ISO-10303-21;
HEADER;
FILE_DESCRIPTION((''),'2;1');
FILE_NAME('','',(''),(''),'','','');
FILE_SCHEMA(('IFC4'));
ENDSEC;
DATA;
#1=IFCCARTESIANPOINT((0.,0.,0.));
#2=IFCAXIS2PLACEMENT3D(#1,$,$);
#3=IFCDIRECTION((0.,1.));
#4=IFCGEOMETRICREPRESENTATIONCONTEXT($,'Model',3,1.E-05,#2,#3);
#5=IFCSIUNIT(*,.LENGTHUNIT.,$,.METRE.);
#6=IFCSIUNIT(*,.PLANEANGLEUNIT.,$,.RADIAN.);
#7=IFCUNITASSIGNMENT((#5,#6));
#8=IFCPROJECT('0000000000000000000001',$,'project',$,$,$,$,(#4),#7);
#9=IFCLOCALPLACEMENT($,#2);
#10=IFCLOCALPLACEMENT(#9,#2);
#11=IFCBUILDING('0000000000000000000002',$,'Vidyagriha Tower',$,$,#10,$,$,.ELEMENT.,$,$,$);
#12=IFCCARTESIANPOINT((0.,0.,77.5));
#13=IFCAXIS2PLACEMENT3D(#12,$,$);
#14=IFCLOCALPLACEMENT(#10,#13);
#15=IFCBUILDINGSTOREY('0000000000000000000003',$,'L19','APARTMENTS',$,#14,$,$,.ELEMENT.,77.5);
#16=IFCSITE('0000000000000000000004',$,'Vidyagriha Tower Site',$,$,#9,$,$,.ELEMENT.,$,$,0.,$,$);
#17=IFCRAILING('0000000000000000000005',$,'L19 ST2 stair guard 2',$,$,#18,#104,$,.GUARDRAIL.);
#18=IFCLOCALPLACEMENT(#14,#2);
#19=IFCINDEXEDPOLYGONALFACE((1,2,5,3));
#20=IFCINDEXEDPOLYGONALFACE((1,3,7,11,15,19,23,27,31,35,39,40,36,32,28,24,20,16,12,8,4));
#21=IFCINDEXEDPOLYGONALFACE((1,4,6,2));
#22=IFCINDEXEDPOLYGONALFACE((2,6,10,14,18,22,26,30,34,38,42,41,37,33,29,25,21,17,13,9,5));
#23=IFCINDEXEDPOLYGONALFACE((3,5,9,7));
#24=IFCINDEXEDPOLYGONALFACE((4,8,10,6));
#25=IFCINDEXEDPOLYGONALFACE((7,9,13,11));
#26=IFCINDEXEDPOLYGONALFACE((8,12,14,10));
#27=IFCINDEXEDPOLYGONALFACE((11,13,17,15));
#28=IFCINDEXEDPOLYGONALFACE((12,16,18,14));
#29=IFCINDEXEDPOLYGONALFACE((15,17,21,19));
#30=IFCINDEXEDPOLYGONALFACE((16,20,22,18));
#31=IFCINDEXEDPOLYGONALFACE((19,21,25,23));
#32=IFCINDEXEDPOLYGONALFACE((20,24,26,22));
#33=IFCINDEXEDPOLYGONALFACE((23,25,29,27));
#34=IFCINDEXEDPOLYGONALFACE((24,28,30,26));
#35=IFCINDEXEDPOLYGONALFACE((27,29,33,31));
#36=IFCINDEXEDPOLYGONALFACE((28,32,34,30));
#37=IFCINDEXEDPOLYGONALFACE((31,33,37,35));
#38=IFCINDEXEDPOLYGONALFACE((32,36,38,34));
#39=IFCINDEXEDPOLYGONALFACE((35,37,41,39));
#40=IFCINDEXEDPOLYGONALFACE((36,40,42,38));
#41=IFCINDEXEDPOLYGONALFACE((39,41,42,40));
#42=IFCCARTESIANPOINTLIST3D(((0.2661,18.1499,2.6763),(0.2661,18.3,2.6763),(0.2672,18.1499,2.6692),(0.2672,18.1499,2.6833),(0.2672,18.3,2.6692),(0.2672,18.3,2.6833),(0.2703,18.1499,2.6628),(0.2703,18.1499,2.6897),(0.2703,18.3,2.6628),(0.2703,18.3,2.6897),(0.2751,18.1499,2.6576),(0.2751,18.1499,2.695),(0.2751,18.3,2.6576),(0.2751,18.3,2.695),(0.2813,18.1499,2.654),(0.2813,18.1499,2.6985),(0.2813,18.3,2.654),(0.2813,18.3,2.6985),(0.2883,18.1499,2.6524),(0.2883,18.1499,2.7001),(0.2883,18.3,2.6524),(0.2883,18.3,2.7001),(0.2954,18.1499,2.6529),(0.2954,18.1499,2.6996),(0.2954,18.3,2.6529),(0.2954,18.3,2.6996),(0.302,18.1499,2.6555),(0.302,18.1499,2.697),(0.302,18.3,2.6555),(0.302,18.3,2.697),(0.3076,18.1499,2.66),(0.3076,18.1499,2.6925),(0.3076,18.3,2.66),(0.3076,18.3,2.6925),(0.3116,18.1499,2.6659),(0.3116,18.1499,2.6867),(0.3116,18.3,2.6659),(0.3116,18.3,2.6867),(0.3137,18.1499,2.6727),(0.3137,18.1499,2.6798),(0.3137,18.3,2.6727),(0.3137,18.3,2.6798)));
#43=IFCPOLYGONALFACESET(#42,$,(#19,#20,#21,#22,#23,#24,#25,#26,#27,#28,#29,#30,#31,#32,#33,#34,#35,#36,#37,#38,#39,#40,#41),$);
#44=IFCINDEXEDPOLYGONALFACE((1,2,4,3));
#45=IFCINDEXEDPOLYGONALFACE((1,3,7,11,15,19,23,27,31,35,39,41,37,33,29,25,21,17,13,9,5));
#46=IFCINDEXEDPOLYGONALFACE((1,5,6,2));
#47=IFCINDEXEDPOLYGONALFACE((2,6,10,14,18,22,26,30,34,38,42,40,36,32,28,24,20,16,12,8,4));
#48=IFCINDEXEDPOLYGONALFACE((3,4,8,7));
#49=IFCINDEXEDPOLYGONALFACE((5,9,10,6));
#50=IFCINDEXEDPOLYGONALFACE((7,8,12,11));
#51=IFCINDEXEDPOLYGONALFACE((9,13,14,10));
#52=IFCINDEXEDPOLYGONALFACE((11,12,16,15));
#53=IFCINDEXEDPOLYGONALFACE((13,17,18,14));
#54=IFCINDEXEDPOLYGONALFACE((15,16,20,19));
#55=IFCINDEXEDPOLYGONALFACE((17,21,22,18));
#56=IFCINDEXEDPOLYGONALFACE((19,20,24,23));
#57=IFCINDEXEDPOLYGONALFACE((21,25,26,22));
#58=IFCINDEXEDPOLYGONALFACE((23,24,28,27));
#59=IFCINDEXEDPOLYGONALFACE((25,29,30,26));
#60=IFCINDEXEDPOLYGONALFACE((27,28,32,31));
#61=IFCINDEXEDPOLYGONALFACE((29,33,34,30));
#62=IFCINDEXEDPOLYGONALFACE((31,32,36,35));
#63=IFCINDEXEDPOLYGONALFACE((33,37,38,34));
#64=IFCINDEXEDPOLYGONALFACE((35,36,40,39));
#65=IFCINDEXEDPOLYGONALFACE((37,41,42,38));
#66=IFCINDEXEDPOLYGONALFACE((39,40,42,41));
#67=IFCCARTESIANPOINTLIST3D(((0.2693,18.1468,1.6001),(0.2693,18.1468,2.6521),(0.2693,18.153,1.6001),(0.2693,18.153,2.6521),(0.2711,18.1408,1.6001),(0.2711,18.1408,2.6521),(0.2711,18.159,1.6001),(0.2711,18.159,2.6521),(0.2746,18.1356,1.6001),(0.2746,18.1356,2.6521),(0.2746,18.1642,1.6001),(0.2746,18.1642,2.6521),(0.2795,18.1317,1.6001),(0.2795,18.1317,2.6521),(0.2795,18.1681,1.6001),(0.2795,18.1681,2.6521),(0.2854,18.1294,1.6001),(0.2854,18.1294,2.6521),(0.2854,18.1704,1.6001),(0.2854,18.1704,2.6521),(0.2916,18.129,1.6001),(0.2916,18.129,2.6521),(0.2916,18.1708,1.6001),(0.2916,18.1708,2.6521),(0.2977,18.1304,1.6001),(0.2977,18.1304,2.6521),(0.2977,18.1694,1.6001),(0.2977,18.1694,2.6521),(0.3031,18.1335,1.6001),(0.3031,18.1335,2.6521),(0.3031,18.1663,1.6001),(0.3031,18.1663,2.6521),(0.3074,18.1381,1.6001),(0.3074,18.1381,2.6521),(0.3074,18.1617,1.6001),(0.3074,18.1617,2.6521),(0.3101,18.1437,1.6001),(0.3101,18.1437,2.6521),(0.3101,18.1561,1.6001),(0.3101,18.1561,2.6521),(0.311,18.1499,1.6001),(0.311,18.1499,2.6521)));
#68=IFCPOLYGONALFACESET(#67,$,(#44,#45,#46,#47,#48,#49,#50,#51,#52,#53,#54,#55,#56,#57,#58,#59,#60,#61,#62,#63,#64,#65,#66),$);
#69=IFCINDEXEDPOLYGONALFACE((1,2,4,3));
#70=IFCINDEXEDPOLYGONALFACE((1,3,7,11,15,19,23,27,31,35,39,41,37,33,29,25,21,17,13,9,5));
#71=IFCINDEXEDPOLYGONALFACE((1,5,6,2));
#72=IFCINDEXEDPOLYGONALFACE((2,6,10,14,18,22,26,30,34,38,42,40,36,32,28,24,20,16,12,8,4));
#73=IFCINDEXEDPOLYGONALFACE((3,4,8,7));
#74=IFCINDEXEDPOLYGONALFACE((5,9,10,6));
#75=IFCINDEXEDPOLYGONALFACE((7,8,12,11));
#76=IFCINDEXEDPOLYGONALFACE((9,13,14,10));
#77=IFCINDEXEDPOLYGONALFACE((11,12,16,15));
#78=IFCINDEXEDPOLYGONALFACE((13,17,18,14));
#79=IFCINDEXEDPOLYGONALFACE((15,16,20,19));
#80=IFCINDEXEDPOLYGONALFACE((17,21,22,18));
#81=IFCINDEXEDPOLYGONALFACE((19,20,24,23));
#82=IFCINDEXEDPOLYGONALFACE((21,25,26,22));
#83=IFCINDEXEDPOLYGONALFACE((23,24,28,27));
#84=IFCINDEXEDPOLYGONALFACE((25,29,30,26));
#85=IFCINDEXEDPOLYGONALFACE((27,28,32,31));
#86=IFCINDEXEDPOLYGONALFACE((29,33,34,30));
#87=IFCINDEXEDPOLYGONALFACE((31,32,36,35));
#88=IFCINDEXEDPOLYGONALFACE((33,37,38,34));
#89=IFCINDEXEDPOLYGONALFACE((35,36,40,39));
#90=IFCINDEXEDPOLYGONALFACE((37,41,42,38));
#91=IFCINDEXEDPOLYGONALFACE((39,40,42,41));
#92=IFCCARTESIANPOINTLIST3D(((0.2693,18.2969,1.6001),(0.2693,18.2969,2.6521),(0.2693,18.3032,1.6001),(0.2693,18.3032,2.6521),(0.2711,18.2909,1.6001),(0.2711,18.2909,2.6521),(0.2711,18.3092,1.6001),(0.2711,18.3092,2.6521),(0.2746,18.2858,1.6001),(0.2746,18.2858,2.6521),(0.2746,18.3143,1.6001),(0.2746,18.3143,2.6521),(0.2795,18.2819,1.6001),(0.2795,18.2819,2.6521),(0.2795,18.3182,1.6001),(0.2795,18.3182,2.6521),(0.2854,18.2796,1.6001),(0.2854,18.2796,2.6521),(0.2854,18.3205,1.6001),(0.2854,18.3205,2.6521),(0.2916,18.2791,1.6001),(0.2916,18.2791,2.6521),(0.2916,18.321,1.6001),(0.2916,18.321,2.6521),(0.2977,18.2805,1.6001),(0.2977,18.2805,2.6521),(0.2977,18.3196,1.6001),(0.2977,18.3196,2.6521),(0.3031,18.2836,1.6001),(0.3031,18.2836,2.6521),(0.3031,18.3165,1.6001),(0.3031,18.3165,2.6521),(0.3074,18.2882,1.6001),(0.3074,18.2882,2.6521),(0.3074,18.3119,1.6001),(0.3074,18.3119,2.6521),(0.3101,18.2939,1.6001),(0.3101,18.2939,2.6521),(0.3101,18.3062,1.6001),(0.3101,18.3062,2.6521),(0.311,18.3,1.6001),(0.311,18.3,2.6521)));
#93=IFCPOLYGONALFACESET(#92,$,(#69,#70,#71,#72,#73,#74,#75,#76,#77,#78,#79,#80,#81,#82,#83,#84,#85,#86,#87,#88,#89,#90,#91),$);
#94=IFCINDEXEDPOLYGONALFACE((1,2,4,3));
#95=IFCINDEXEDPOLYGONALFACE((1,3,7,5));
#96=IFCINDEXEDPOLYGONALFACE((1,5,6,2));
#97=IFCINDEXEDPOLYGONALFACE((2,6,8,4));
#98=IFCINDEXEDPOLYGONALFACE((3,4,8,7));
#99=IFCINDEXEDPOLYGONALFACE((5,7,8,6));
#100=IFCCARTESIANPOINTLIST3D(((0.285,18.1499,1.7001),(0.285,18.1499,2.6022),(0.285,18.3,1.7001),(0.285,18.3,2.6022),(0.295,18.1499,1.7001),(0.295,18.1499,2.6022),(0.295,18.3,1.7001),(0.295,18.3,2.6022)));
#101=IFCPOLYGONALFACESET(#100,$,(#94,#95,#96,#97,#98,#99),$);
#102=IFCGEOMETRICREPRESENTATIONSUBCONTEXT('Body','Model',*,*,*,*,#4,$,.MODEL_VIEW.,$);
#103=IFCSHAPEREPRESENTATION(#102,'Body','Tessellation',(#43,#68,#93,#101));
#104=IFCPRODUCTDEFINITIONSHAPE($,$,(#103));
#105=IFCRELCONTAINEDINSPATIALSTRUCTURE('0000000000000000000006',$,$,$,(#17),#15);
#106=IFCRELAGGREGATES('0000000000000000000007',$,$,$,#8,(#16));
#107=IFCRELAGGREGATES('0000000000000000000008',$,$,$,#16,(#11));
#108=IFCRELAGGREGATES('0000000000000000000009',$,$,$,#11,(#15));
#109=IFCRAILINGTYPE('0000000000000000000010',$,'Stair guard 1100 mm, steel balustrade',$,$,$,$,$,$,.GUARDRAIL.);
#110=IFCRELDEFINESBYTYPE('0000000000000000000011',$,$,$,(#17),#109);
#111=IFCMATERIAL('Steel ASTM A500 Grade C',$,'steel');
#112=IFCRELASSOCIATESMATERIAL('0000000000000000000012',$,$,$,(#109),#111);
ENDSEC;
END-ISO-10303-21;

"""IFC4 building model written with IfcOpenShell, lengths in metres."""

from ifc_helpers import new_model, si_unit, direction, frame, origin, origin_2d, place, context, subcontext, project, spatial, rectangle, circle, extrude, material, type_object, element, save


model = new_model("IFC4")

# Units and contexts
model_context = context("Model", 3, precision=1e-05, world=origin(), true_north=direction((0.0, 1.0)))
body_context = subcontext(model_context, "Body", "Model", "MODEL_VIEW")
ifc_project = project(units=[si_unit("LENGTHUNIT", "METRE"), si_unit("PLANEANGLEUNIT", "RADIAN")], contexts=[model_context])

# Site, building, storey
site_placement = place(None, origin())
site = spatial("IfcSite", under=ifc_project, at=site_placement, Name="Vidyagriha Tower Site", CompositionType="ELEMENT", RefElevation=0.0)
building_placement = place(site_placement, origin())
building = spatial("IfcBuilding", under=site, at=building_placement, Name="Vidyagriha Tower", CompositionType="ELEMENT")
storey_placement = place(building_placement, frame((0.0, 0.0, 77.5)))
storey = spatial("IfcBuildingStorey", under=building, at=storey_placement, Name="L19", Description="APARTMENTS", CompositionType="ELEMENT", Elevation=77.5)

# Railing
ifc_material_1 = material(Name="Steel ASTM A500 Grade C", Category="steel")
railing_type_1 = type_object("IfcRailingType", Name="Stair guard 1100 mm, steel balustrade", PredefinedType="GUARDRAIL", material=ifc_material_1)
railing_1_placement = place(storey_placement, frame((0.29, 18.1499, 1.6001)))
element("IfcRailing", 1, at=railing_1_placement, inside=storey, type_object=railing_type_1, Name="L19 ST2 stair guard 2", PredefinedType="GUARDRAIL", context=body_context, shape_type="SweptSolid", body=[
    extrude(circle(Radius=0.0239, at=origin_2d()), frame((0.0, 0.0, 1.0762), z_axis=(0.0, 1.0, 0.0), x_axis=(-1.0, 0.0, 0.0)), (0.0, 0.0, 1.0), 0.1501),
    extrude(circle(Radius=0.021, at=origin_2d()), origin(), (0.0, 0.0, 1.0), 1.052),
    extrude(circle(Radius=0.021, at=origin_2d()), frame((0.0, 0.1501, 0.0)), (0.0, 0.0, 1.0), 1.052),
    extrude(rectangle(XDim=0.01, YDim=0.9021, at=origin_2d()), frame((0.0, 0.0, 0.551), z_axis=(0.0, 1.0, 0.0), x_axis=(-1.0, 0.0, 0.0)), (0.0, 0.0, 1.0), 0.1501),
])

save(model, "model.ifc")
